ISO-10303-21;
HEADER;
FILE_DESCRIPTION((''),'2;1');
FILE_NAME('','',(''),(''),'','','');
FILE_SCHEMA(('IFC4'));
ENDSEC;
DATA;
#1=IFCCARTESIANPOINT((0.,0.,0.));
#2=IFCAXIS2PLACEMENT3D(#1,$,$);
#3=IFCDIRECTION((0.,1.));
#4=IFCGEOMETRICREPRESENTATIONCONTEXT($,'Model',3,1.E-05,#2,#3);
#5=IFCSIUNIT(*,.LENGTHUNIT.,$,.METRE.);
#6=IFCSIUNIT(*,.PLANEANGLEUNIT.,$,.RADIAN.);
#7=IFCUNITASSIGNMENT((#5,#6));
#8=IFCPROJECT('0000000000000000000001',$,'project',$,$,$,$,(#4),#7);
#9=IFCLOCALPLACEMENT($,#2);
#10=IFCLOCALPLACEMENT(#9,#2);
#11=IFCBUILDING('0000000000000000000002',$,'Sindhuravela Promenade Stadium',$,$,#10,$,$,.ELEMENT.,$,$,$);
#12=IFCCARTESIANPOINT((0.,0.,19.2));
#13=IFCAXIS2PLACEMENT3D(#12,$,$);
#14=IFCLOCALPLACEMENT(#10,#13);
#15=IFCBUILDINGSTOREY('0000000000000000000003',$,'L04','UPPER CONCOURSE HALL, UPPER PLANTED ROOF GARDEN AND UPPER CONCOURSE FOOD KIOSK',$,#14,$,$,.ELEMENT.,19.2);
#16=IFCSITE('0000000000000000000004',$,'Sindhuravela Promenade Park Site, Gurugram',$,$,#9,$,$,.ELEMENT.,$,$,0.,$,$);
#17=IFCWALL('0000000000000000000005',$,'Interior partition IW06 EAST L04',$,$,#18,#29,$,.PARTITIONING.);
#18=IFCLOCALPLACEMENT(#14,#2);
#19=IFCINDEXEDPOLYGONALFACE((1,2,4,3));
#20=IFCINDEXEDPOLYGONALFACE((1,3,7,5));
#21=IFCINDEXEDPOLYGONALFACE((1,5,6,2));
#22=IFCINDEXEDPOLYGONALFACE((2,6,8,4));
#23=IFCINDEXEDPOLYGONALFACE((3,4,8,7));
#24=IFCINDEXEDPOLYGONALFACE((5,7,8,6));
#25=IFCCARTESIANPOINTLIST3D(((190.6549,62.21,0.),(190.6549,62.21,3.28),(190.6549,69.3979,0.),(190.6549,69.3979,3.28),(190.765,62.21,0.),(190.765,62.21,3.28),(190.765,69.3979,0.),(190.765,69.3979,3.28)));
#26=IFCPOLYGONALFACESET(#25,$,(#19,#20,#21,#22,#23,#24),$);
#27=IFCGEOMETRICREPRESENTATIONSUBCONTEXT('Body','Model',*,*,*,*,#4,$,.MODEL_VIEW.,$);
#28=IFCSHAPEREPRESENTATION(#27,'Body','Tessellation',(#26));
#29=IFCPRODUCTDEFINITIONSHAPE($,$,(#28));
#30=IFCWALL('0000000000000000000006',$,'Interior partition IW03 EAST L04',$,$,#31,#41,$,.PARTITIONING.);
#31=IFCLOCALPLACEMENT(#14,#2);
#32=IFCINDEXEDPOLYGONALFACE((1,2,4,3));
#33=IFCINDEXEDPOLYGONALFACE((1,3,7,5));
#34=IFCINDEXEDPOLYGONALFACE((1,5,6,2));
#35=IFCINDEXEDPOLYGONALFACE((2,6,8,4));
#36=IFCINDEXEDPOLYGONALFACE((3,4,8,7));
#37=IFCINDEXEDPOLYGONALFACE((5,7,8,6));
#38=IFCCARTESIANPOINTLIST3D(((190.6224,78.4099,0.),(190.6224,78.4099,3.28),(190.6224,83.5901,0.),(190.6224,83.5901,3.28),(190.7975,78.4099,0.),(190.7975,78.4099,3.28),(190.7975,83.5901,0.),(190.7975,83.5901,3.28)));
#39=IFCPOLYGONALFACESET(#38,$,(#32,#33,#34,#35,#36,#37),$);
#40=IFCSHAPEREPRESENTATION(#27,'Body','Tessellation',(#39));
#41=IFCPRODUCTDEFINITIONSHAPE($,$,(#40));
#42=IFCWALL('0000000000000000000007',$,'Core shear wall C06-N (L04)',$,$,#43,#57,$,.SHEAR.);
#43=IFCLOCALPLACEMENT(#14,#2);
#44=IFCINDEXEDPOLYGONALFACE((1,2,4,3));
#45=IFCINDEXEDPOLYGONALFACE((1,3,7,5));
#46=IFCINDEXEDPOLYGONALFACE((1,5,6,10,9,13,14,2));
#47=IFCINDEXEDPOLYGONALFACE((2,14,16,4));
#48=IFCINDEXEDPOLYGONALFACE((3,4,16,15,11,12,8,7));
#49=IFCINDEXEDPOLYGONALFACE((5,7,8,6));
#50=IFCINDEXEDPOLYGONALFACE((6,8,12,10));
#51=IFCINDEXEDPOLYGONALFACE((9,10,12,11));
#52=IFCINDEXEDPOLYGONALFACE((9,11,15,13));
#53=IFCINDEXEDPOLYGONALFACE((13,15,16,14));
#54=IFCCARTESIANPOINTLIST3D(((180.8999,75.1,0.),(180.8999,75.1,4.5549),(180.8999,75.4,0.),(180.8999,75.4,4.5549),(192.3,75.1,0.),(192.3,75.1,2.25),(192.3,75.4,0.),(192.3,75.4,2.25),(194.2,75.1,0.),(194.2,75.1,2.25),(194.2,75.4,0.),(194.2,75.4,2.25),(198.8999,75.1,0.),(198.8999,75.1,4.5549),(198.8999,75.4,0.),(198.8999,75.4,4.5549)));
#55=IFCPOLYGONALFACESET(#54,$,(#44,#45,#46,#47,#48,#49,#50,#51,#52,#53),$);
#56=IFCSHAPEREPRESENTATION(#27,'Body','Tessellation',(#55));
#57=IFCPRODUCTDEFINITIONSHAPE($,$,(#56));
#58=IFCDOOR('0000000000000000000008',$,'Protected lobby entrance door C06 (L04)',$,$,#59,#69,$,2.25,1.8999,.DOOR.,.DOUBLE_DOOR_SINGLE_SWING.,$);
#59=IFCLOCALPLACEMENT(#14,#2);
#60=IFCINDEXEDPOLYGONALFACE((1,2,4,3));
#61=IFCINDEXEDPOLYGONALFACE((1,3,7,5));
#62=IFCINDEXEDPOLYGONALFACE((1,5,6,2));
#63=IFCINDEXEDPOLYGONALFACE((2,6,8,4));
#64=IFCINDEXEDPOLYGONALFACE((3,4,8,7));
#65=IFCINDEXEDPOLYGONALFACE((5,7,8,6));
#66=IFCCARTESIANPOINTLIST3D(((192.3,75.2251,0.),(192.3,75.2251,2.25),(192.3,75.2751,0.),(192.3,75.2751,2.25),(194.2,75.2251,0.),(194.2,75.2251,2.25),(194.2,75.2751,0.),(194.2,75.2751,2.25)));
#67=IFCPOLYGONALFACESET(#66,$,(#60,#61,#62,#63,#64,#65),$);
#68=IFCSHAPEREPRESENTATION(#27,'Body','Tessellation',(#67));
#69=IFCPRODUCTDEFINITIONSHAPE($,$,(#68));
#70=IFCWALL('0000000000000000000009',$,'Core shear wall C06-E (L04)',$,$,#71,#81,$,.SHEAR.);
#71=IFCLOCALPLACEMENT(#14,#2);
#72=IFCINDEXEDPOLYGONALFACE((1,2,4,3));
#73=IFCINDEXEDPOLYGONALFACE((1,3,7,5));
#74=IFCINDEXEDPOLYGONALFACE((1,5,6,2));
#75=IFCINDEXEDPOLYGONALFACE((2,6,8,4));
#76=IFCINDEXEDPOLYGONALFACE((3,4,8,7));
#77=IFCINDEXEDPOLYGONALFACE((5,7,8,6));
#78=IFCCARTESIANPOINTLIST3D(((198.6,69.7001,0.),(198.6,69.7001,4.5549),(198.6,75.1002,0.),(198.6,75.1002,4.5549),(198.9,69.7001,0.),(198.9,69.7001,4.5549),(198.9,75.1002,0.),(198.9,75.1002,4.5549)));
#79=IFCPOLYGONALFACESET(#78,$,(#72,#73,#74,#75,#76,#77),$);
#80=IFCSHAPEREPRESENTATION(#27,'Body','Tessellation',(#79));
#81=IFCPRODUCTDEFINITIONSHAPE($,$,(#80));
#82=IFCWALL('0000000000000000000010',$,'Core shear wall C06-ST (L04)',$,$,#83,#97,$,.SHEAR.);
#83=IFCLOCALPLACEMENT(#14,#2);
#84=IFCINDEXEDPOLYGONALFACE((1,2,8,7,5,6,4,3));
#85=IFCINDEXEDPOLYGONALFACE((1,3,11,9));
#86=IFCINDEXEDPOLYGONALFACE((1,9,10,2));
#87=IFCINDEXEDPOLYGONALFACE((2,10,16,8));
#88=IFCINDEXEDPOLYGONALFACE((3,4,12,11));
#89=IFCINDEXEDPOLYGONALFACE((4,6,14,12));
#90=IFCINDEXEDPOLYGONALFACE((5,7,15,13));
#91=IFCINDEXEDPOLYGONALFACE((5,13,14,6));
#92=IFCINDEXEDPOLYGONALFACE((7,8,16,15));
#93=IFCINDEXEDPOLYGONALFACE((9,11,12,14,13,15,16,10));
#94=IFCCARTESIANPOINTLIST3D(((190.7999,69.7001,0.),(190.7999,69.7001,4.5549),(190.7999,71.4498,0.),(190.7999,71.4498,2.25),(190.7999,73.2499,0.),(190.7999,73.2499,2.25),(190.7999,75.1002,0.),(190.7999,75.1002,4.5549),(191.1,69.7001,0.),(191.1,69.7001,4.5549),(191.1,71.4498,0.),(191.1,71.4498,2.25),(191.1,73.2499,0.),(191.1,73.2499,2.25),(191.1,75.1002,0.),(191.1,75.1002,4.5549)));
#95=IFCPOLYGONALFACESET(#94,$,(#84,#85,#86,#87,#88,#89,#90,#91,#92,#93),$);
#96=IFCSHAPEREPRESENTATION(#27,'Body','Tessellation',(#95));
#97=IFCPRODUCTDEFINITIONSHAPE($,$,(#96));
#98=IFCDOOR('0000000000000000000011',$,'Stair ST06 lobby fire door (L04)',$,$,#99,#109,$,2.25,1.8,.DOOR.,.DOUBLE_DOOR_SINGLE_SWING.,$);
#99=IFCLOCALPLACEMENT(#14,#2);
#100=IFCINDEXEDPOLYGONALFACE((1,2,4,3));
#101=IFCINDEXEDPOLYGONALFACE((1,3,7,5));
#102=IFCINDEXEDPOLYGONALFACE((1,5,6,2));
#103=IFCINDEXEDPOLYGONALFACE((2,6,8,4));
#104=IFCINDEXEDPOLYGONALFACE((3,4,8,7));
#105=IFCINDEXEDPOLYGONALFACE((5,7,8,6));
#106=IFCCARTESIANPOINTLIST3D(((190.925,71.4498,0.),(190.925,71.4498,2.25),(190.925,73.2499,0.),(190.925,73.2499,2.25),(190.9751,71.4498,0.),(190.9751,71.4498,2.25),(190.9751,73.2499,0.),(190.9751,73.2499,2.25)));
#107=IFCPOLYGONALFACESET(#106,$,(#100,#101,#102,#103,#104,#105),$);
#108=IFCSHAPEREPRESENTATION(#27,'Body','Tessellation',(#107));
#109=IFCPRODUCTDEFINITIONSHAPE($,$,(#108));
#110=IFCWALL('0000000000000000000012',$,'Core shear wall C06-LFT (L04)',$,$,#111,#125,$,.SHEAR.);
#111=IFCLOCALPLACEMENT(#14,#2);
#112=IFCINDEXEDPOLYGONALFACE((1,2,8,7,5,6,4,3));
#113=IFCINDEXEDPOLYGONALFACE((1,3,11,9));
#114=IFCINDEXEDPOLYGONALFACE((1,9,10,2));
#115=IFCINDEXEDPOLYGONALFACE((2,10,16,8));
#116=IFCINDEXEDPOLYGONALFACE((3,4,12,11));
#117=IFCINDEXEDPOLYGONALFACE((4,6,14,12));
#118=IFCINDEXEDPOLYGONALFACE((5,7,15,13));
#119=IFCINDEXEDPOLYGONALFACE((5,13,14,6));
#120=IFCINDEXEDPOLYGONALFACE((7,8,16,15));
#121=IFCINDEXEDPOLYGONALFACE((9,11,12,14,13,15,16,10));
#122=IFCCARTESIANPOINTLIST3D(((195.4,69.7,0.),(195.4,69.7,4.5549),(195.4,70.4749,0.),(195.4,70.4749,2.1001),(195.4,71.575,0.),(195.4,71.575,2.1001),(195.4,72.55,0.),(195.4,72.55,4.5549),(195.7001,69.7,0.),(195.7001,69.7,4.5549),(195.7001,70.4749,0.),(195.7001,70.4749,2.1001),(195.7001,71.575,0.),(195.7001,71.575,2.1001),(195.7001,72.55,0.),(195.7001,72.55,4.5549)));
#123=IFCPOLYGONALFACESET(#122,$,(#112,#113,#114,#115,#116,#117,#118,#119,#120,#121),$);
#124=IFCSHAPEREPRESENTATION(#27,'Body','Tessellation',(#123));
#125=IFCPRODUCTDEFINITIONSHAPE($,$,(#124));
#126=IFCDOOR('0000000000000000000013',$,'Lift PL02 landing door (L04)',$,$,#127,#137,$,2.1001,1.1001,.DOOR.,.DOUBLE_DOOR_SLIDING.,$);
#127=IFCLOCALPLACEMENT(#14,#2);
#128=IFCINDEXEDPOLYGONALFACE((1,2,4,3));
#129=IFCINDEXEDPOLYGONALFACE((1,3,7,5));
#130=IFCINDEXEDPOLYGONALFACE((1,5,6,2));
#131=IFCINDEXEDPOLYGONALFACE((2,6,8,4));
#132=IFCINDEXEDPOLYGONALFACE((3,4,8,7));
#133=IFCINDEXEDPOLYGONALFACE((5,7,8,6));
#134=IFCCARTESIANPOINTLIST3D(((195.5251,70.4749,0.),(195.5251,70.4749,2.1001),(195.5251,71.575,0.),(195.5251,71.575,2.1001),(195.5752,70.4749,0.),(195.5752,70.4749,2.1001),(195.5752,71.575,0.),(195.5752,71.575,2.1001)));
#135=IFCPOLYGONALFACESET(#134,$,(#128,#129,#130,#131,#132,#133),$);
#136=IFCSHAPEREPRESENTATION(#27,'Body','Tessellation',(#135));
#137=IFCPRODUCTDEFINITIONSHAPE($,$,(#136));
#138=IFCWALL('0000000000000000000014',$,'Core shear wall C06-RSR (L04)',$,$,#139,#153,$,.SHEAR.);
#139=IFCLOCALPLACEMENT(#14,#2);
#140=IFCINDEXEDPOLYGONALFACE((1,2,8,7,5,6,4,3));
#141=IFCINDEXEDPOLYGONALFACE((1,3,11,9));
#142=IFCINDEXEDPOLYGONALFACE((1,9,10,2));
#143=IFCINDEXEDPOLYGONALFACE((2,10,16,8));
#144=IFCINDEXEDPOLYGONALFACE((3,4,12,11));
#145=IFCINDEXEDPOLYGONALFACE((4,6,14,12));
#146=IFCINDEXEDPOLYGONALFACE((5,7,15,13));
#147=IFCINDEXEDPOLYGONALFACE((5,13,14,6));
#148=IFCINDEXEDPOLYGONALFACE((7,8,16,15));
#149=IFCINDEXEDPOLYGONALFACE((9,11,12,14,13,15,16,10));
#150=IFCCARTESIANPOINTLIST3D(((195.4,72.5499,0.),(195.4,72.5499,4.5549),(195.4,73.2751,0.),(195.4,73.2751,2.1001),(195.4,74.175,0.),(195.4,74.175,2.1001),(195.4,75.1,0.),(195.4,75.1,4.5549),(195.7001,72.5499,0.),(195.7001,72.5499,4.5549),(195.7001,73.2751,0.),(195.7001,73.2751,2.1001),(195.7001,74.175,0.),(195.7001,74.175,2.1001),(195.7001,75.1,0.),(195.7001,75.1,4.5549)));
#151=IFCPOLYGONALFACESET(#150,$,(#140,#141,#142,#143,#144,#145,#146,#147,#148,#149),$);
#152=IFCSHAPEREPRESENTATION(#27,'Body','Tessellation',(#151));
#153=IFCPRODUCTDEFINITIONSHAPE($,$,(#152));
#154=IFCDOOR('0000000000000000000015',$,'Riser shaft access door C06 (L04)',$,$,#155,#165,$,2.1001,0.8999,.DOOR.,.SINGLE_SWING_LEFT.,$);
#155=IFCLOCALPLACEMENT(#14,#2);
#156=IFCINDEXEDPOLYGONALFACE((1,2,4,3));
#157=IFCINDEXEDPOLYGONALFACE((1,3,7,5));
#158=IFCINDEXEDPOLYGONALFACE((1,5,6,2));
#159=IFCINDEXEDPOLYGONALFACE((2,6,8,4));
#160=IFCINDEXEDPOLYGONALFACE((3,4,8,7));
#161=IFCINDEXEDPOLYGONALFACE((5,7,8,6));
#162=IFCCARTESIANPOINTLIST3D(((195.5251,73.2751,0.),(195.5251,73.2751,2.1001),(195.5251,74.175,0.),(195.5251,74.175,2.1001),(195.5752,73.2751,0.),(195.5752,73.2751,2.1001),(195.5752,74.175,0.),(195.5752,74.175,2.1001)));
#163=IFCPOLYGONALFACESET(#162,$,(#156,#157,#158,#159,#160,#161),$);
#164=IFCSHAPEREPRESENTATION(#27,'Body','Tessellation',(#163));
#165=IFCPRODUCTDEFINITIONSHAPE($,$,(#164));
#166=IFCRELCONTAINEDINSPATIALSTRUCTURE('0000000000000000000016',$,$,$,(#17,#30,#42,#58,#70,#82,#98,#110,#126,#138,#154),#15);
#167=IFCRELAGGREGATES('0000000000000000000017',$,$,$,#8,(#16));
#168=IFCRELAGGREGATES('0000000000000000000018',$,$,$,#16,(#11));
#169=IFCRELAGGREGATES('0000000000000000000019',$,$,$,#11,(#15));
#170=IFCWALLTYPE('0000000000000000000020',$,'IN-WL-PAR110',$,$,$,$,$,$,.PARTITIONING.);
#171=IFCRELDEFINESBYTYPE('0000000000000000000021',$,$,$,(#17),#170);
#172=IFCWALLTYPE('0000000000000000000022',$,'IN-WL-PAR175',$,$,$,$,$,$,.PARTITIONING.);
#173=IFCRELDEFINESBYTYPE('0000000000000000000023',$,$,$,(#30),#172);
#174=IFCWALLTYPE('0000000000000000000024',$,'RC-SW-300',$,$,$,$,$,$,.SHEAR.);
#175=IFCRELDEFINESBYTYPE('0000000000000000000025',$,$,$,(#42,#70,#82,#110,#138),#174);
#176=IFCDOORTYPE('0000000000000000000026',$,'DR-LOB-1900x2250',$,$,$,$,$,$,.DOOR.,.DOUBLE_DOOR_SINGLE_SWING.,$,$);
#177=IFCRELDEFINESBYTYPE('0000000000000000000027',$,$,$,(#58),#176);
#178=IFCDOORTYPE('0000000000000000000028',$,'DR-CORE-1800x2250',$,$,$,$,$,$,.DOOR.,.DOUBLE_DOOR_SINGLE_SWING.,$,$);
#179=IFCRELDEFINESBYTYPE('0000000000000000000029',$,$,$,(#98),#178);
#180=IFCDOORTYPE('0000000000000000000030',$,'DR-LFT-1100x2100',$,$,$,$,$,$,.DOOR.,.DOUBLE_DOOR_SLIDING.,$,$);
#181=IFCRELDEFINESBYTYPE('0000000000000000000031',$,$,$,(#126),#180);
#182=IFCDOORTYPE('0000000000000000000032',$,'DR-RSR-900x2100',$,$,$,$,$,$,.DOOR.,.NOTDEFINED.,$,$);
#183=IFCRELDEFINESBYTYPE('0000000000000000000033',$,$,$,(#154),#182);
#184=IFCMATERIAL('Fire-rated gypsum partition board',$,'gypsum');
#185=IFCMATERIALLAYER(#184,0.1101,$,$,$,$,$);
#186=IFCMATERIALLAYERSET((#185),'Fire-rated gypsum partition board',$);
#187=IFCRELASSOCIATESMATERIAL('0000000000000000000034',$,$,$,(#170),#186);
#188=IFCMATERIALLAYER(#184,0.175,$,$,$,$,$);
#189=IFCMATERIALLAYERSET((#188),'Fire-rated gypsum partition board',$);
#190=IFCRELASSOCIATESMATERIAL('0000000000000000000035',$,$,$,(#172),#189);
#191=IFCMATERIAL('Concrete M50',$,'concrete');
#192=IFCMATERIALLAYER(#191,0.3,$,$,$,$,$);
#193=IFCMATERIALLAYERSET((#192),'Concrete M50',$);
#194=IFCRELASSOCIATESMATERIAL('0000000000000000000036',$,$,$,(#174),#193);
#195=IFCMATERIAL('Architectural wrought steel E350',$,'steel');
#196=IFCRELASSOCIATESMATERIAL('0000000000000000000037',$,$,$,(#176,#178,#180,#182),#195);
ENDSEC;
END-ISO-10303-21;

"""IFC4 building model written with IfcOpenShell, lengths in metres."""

from ifc_helpers import new_model, si_unit, direction, frame, frame_2d, origin, place, context, subcontext, project, spatial, rectangle, extrude, material, layer, layer_set, type_object, element, fill, save


model = new_model("IFC4")

# Units and contexts
model_context = context("Model", 3, precision=1e-05, world=origin(), true_north=direction((0.0, 1.0)))
body_context = subcontext(model_context, "Body", "Model", "MODEL_VIEW")
ifc_project = project(units=[si_unit("LENGTHUNIT", "METRE"), si_unit("PLANEANGLEUNIT", "RADIAN")], contexts=[model_context])

# Site, building, storey
site_placement = place(None, origin())
site = spatial("IfcSite", under=ifc_project, at=site_placement, Name="Sindhuravela Promenade Park Site, Gurugram", CompositionType="ELEMENT", RefElevation=0.0)
building_placement = place(site_placement, origin())
building = spatial("IfcBuilding", under=site, at=building_placement, Name="Sindhuravela Promenade Stadium", CompositionType="ELEMENT")
storey_placement = place(building_placement, frame((0.0, 0.0, 19.2)))
storey = spatial("IfcBuildingStorey", under=building, at=storey_placement, Name="L04", Description="UPPER CONCOURSE HALL, UPPER PLANTED ROOF GARDEN AND UPPER CONCOURSE FOOD KIOSK", CompositionType="ELEMENT", Elevation=19.2)

# Walls
ifc_material_1 = material(Name="Fire-rated gypsum partition board", Category="gypsum")
ifc_layer_1 = layer(ifc_material_1, 0.1101)
ifc_layer_set_1 = layer_set([ifc_layer_1], Name="Fire-rated gypsum partition board")
wall_type_1 = type_object("IfcWallType", Name="IN-WL-PAR110", PredefinedType="PARTITIONING", material=ifc_layer_set_1)
wall_1_placement = place(storey_placement, frame((190.71, 62.21, 0.0), z_axis=(0.0, 0.0, 1.0), x_axis=(0.0, 1.0, 0.0)))
element("IfcWall", 1, at=wall_1_placement, inside=storey, type_object=wall_type_1, Name="Interior partition IW06 EAST L04", PredefinedType="PARTITIONING", context=body_context, shape_type="SweptSolid", body=[
    extrude(rectangle(XDim=7.188, YDim=0.1101, at=frame_2d((3.594, 0.0))), origin(), (0.0, 0.0, 1.0), 3.28),
])
ifc_layer_2 = layer(ifc_material_1, 0.175)
ifc_layer_set_2 = layer_set([ifc_layer_2], Name="Fire-rated gypsum partition board")
wall_type_2 = type_object("IfcWallType", Name="IN-WL-PAR175", PredefinedType="PARTITIONING", material=ifc_layer_set_2)
wall_2_placement = place(storey_placement, frame((190.71, 78.4099, 0.0), z_axis=(0.0, 0.0, 1.0), x_axis=(0.0, 1.0, 0.0)))
element("IfcWall", 2, at=wall_2_placement, inside=storey, type_object=wall_type_2, Name="Interior partition IW03 EAST L04", PredefinedType="PARTITIONING", context=body_context, shape_type="SweptSolid", body=[
    extrude(rectangle(XDim=5.1802, YDim=0.175, at=frame_2d((2.5901, 0.0))), origin(), (0.0, 0.0, 1.0), 3.28),
])

# Wall, opening, door
ifc_material_2 = material(Name="Concrete M50", Category="concrete")
ifc_layer_3 = layer(ifc_material_2, 0.3)
ifc_layer_set_3 = layer_set([ifc_layer_3], Name="Concrete M50")
wall_type_3 = type_object("IfcWallType", Name="RC-SW-300", PredefinedType="SHEAR", material=ifc_layer_set_3)
wall_3_placement = place(storey_placement, frame((198.8999, 75.25, 0.0), z_axis=(0.0, 0.0, 1.0), x_axis=(-1.0, 0.0, 0.0)))
wall_3 = element("IfcWall", 3, at=wall_3_placement, inside=storey, type_object=wall_type_3, Name="Core shear wall C06-N (L04)", PredefinedType="SHEAR", context=body_context, shape_type="SweptSolid", body=[
    extrude(rectangle(XDim=18.0, YDim=0.3, at=frame_2d((9.0, 0.0))), origin(), (0.0, 0.0, 1.0), 4.5549),
])
opening_1_placement = place(wall_3_placement, frame((4.7, 0.0, 0.0)))
opening_1 = element("IfcOpeningElement", 4, at=opening_1_placement, cuts=wall_3, PredefinedType="OPENING", context=body_context, shape_type="SweptSolid", body=[
    extrude(rectangle(XDim=1.8999, YDim=2.25, at=frame_2d((0.95, 1.125))), frame((0.0, 0.1599, 0.0), z_axis=(0.0, -1.0, 0.0), x_axis=(1.0, 0.0, 0.0)), (0.0, 0.0, 1.0), 0.3201),
])
ifc_material_3 = material(Name="Architectural wrought steel E350", Category="steel")
door_type_1 = type_object("IfcDoorType", Name="DR-LOB-1900x2250", OperationType="DOUBLE_DOOR_SINGLE_SWING", PredefinedType="DOOR", material=ifc_material_3)
door_1_placement = place(opening_1_placement, origin())
door_1 = element("IfcDoor", 5, at=door_1_placement, inside=storey, type_object=door_type_1, Name="Protected lobby entrance door C06 (L04)", OperationType="DOUBLE_DOOR_SINGLE_SWING", OverallHeight=2.25, OverallWidth=1.8999, PredefinedType="DOOR", context=body_context, shape_type="SweptSolid", body=[
    extrude(rectangle(XDim=1.8999, YDim=2.25, at=frame_2d((0.95, 1.125))), frame((0.0, 0.0249, 0.0), z_axis=(0.0, -1.0, 0.0), x_axis=(1.0, 0.0, 0.0)), (0.0, 0.0, 1.0), 0.05),
])
fill(opening_1, door_1)

# Wall
wall_4_placement = place(storey_placement, frame((198.75, 69.7, 0.0), z_axis=(0.0, 0.0, 1.0), x_axis=(0.0, 1.0, 0.0)))
element("IfcWall", 6, at=wall_4_placement, inside=storey, type_object=wall_type_3, Name="Core shear wall C06-E (L04)", PredefinedType="SHEAR", context=body_context, shape_type="SweptSolid", body=[
    extrude(rectangle(XDim=5.4001, YDim=0.3, at=frame_2d((2.7002, 0.0))), origin(), (0.0, 0.0, 1.0), 4.5549),
])

# Walls, openings, doors
wall_5_placement = place(storey_placement, frame((190.95, 69.7, 0.0), z_axis=(0.0, 0.0, 1.0), x_axis=(0.0, 1.0, 0.0)))
wall_5 = element("IfcWall", 7, at=wall_5_placement, inside=storey, type_object=wall_type_3, Name="Core shear wall C06-ST (L04)", PredefinedType="SHEAR", context=body_context, shape_type="SweptSolid", body=[
    extrude(rectangle(XDim=5.4001, YDim=0.3, at=frame_2d((2.7002, 0.0))), origin(), (0.0, 0.0, 1.0), 4.5549),
])
opening_2_placement = place(wall_5_placement, frame((1.75, 0.0, 0.0)))
opening_2 = element("IfcOpeningElement", 8, at=opening_2_placement, cuts=wall_5, PredefinedType="OPENING", context=body_context, shape_type="SweptSolid", body=[
    extrude(rectangle(XDim=1.8, YDim=2.25, at=frame_2d((0.8999, 1.125))), frame((0.0, 0.1599, 0.0), z_axis=(0.0, -1.0, 0.0), x_axis=(1.0, 0.0, 0.0)), (0.0, 0.0, 1.0), 0.3201),
])
door_type_2 = type_object("IfcDoorType", Name="DR-CORE-1800x2250", OperationType="DOUBLE_DOOR_SINGLE_SWING", PredefinedType="DOOR", material=ifc_material_3)
door_2_placement = place(opening_2_placement, origin())
door_2 = element("IfcDoor", 9, at=door_2_placement, inside=storey, type_object=door_type_2, Name="Stair ST06 lobby fire door (L04)", OperationType="DOUBLE_DOOR_SINGLE_SWING", OverallHeight=2.25, OverallWidth=1.8, PredefinedType="DOOR", context=body_context, shape_type="SweptSolid", body=[
    extrude(rectangle(XDim=1.8, YDim=2.25, at=frame_2d((0.8999, 1.125))), frame((0.0, 0.0249, 0.0), z_axis=(0.0, -1.0, 0.0), x_axis=(1.0, 0.0, 0.0)), (0.0, 0.0, 1.0), 0.05),
])
fill(opening_2, door_2)
wall_6_placement = place(storey_placement, frame((195.55, 69.7, 0.0), z_axis=(0.0, 0.0, 1.0), x_axis=(0.0, 1.0, 0.0)))
wall_6 = element("IfcWall", 10, at=wall_6_placement, inside=storey, type_object=wall_type_3, Name="Core shear wall C06-LFT (L04)", PredefinedType="SHEAR", context=body_context, shape_type="SweptSolid", body=[
    extrude(rectangle(XDim=2.8501, YDim=0.3, at=frame_2d((1.425, 0.0))), origin(), (0.0, 0.0, 1.0), 4.5549),
])
opening_3_placement = place(wall_6_placement, frame((0.7749, 0.0, 0.0)))
opening_3 = element("IfcOpeningElement", 11, at=opening_3_placement, cuts=wall_6, PredefinedType="OPENING", context=body_context, shape_type="SweptSolid", body=[
    extrude(rectangle(XDim=1.1001, YDim=2.1001, at=frame_2d((0.55, 1.05))), frame((0.0, 0.1599, 0.0), z_axis=(0.0, -1.0, 0.0), x_axis=(1.0, 0.0, 0.0)), (0.0, 0.0, 1.0), 0.3201),
])
door_type_3 = type_object("IfcDoorType", Name="DR-LFT-1100x2100", OperationType="DOUBLE_DOOR_SLIDING", PredefinedType="DOOR", material=ifc_material_3)
door_3_placement = place(opening_3_placement, origin())
door_3 = element("IfcDoor", 12, at=door_3_placement, inside=storey, type_object=door_type_3, Name="Lift PL02 landing door (L04)", OperationType="DOUBLE_DOOR_SLIDING", OverallHeight=2.1001, OverallWidth=1.1001, PredefinedType="DOOR", context=body_context, shape_type="SweptSolid", body=[
    extrude(rectangle(XDim=1.1001, YDim=2.1001, at=frame_2d((0.55, 1.05))), frame((0.0, 0.0249, 0.0), z_axis=(0.0, -1.0, 0.0), x_axis=(1.0, 0.0, 0.0)), (0.0, 0.0, 1.0), 0.05),
])
fill(opening_3, door_3)
wall_7_placement = place(storey_placement, frame((195.55, 72.55, 0.0), z_axis=(0.0, 0.0, 1.0), x_axis=(0.0, 1.0, 0.0)))
wall_7 = element("IfcWall", 13, at=wall_7_placement, inside=storey, type_object=wall_type_3, Name="Core shear wall C06-RSR (L04)", PredefinedType="SHEAR", context=body_context, shape_type="SweptSolid", body=[
    extrude(rectangle(XDim=2.55, YDim=0.3, at=frame_2d((1.2749, 0.0))), origin(), (0.0, 0.0, 1.0), 4.5549),
])
opening_4_placement = place(wall_7_placement, frame((0.7251, 0.0, 0.0)))
opening_4 = element("IfcOpeningElement", 14, at=opening_4_placement, cuts=wall_7, PredefinedType="OPENING", context=body_context, shape_type="SweptSolid", body=[
    extrude(rectangle(XDim=0.8999, YDim=2.1001, at=frame_2d((0.45, 1.05))), frame((0.0, 0.1599, 0.0), z_axis=(0.0, -1.0, 0.0), x_axis=(1.0, 0.0, 0.0)), (0.0, 0.0, 1.0), 0.3201),
])
door_type_4 = type_object("IfcDoorType", Name="DR-RSR-900x2100", OperationType="NOTDEFINED", PredefinedType="DOOR", material=ifc_material_3)
door_4_placement = place(opening_4_placement, origin())
door_4 = element("IfcDoor", 15, at=door_4_placement, inside=storey, type_object=door_type_4, Name="Riser shaft access door C06 (L04)", OperationType="SINGLE_SWING_LEFT", OverallHeight=2.1001, OverallWidth=0.8999, PredefinedType="DOOR", context=body_context, shape_type="SweptSolid", body=[
    extrude(rectangle(XDim=0.8999, YDim=2.1001, at=frame_2d((0.45, 1.05))), frame((0.0, 0.0249, 0.0), z_axis=(0.0, -1.0, 0.0), x_axis=(1.0, 0.0, 0.0)), (0.0, 0.0, 1.0), 0.05),
])
fill(opening_4, door_4)

save(model, "model.ifc")
